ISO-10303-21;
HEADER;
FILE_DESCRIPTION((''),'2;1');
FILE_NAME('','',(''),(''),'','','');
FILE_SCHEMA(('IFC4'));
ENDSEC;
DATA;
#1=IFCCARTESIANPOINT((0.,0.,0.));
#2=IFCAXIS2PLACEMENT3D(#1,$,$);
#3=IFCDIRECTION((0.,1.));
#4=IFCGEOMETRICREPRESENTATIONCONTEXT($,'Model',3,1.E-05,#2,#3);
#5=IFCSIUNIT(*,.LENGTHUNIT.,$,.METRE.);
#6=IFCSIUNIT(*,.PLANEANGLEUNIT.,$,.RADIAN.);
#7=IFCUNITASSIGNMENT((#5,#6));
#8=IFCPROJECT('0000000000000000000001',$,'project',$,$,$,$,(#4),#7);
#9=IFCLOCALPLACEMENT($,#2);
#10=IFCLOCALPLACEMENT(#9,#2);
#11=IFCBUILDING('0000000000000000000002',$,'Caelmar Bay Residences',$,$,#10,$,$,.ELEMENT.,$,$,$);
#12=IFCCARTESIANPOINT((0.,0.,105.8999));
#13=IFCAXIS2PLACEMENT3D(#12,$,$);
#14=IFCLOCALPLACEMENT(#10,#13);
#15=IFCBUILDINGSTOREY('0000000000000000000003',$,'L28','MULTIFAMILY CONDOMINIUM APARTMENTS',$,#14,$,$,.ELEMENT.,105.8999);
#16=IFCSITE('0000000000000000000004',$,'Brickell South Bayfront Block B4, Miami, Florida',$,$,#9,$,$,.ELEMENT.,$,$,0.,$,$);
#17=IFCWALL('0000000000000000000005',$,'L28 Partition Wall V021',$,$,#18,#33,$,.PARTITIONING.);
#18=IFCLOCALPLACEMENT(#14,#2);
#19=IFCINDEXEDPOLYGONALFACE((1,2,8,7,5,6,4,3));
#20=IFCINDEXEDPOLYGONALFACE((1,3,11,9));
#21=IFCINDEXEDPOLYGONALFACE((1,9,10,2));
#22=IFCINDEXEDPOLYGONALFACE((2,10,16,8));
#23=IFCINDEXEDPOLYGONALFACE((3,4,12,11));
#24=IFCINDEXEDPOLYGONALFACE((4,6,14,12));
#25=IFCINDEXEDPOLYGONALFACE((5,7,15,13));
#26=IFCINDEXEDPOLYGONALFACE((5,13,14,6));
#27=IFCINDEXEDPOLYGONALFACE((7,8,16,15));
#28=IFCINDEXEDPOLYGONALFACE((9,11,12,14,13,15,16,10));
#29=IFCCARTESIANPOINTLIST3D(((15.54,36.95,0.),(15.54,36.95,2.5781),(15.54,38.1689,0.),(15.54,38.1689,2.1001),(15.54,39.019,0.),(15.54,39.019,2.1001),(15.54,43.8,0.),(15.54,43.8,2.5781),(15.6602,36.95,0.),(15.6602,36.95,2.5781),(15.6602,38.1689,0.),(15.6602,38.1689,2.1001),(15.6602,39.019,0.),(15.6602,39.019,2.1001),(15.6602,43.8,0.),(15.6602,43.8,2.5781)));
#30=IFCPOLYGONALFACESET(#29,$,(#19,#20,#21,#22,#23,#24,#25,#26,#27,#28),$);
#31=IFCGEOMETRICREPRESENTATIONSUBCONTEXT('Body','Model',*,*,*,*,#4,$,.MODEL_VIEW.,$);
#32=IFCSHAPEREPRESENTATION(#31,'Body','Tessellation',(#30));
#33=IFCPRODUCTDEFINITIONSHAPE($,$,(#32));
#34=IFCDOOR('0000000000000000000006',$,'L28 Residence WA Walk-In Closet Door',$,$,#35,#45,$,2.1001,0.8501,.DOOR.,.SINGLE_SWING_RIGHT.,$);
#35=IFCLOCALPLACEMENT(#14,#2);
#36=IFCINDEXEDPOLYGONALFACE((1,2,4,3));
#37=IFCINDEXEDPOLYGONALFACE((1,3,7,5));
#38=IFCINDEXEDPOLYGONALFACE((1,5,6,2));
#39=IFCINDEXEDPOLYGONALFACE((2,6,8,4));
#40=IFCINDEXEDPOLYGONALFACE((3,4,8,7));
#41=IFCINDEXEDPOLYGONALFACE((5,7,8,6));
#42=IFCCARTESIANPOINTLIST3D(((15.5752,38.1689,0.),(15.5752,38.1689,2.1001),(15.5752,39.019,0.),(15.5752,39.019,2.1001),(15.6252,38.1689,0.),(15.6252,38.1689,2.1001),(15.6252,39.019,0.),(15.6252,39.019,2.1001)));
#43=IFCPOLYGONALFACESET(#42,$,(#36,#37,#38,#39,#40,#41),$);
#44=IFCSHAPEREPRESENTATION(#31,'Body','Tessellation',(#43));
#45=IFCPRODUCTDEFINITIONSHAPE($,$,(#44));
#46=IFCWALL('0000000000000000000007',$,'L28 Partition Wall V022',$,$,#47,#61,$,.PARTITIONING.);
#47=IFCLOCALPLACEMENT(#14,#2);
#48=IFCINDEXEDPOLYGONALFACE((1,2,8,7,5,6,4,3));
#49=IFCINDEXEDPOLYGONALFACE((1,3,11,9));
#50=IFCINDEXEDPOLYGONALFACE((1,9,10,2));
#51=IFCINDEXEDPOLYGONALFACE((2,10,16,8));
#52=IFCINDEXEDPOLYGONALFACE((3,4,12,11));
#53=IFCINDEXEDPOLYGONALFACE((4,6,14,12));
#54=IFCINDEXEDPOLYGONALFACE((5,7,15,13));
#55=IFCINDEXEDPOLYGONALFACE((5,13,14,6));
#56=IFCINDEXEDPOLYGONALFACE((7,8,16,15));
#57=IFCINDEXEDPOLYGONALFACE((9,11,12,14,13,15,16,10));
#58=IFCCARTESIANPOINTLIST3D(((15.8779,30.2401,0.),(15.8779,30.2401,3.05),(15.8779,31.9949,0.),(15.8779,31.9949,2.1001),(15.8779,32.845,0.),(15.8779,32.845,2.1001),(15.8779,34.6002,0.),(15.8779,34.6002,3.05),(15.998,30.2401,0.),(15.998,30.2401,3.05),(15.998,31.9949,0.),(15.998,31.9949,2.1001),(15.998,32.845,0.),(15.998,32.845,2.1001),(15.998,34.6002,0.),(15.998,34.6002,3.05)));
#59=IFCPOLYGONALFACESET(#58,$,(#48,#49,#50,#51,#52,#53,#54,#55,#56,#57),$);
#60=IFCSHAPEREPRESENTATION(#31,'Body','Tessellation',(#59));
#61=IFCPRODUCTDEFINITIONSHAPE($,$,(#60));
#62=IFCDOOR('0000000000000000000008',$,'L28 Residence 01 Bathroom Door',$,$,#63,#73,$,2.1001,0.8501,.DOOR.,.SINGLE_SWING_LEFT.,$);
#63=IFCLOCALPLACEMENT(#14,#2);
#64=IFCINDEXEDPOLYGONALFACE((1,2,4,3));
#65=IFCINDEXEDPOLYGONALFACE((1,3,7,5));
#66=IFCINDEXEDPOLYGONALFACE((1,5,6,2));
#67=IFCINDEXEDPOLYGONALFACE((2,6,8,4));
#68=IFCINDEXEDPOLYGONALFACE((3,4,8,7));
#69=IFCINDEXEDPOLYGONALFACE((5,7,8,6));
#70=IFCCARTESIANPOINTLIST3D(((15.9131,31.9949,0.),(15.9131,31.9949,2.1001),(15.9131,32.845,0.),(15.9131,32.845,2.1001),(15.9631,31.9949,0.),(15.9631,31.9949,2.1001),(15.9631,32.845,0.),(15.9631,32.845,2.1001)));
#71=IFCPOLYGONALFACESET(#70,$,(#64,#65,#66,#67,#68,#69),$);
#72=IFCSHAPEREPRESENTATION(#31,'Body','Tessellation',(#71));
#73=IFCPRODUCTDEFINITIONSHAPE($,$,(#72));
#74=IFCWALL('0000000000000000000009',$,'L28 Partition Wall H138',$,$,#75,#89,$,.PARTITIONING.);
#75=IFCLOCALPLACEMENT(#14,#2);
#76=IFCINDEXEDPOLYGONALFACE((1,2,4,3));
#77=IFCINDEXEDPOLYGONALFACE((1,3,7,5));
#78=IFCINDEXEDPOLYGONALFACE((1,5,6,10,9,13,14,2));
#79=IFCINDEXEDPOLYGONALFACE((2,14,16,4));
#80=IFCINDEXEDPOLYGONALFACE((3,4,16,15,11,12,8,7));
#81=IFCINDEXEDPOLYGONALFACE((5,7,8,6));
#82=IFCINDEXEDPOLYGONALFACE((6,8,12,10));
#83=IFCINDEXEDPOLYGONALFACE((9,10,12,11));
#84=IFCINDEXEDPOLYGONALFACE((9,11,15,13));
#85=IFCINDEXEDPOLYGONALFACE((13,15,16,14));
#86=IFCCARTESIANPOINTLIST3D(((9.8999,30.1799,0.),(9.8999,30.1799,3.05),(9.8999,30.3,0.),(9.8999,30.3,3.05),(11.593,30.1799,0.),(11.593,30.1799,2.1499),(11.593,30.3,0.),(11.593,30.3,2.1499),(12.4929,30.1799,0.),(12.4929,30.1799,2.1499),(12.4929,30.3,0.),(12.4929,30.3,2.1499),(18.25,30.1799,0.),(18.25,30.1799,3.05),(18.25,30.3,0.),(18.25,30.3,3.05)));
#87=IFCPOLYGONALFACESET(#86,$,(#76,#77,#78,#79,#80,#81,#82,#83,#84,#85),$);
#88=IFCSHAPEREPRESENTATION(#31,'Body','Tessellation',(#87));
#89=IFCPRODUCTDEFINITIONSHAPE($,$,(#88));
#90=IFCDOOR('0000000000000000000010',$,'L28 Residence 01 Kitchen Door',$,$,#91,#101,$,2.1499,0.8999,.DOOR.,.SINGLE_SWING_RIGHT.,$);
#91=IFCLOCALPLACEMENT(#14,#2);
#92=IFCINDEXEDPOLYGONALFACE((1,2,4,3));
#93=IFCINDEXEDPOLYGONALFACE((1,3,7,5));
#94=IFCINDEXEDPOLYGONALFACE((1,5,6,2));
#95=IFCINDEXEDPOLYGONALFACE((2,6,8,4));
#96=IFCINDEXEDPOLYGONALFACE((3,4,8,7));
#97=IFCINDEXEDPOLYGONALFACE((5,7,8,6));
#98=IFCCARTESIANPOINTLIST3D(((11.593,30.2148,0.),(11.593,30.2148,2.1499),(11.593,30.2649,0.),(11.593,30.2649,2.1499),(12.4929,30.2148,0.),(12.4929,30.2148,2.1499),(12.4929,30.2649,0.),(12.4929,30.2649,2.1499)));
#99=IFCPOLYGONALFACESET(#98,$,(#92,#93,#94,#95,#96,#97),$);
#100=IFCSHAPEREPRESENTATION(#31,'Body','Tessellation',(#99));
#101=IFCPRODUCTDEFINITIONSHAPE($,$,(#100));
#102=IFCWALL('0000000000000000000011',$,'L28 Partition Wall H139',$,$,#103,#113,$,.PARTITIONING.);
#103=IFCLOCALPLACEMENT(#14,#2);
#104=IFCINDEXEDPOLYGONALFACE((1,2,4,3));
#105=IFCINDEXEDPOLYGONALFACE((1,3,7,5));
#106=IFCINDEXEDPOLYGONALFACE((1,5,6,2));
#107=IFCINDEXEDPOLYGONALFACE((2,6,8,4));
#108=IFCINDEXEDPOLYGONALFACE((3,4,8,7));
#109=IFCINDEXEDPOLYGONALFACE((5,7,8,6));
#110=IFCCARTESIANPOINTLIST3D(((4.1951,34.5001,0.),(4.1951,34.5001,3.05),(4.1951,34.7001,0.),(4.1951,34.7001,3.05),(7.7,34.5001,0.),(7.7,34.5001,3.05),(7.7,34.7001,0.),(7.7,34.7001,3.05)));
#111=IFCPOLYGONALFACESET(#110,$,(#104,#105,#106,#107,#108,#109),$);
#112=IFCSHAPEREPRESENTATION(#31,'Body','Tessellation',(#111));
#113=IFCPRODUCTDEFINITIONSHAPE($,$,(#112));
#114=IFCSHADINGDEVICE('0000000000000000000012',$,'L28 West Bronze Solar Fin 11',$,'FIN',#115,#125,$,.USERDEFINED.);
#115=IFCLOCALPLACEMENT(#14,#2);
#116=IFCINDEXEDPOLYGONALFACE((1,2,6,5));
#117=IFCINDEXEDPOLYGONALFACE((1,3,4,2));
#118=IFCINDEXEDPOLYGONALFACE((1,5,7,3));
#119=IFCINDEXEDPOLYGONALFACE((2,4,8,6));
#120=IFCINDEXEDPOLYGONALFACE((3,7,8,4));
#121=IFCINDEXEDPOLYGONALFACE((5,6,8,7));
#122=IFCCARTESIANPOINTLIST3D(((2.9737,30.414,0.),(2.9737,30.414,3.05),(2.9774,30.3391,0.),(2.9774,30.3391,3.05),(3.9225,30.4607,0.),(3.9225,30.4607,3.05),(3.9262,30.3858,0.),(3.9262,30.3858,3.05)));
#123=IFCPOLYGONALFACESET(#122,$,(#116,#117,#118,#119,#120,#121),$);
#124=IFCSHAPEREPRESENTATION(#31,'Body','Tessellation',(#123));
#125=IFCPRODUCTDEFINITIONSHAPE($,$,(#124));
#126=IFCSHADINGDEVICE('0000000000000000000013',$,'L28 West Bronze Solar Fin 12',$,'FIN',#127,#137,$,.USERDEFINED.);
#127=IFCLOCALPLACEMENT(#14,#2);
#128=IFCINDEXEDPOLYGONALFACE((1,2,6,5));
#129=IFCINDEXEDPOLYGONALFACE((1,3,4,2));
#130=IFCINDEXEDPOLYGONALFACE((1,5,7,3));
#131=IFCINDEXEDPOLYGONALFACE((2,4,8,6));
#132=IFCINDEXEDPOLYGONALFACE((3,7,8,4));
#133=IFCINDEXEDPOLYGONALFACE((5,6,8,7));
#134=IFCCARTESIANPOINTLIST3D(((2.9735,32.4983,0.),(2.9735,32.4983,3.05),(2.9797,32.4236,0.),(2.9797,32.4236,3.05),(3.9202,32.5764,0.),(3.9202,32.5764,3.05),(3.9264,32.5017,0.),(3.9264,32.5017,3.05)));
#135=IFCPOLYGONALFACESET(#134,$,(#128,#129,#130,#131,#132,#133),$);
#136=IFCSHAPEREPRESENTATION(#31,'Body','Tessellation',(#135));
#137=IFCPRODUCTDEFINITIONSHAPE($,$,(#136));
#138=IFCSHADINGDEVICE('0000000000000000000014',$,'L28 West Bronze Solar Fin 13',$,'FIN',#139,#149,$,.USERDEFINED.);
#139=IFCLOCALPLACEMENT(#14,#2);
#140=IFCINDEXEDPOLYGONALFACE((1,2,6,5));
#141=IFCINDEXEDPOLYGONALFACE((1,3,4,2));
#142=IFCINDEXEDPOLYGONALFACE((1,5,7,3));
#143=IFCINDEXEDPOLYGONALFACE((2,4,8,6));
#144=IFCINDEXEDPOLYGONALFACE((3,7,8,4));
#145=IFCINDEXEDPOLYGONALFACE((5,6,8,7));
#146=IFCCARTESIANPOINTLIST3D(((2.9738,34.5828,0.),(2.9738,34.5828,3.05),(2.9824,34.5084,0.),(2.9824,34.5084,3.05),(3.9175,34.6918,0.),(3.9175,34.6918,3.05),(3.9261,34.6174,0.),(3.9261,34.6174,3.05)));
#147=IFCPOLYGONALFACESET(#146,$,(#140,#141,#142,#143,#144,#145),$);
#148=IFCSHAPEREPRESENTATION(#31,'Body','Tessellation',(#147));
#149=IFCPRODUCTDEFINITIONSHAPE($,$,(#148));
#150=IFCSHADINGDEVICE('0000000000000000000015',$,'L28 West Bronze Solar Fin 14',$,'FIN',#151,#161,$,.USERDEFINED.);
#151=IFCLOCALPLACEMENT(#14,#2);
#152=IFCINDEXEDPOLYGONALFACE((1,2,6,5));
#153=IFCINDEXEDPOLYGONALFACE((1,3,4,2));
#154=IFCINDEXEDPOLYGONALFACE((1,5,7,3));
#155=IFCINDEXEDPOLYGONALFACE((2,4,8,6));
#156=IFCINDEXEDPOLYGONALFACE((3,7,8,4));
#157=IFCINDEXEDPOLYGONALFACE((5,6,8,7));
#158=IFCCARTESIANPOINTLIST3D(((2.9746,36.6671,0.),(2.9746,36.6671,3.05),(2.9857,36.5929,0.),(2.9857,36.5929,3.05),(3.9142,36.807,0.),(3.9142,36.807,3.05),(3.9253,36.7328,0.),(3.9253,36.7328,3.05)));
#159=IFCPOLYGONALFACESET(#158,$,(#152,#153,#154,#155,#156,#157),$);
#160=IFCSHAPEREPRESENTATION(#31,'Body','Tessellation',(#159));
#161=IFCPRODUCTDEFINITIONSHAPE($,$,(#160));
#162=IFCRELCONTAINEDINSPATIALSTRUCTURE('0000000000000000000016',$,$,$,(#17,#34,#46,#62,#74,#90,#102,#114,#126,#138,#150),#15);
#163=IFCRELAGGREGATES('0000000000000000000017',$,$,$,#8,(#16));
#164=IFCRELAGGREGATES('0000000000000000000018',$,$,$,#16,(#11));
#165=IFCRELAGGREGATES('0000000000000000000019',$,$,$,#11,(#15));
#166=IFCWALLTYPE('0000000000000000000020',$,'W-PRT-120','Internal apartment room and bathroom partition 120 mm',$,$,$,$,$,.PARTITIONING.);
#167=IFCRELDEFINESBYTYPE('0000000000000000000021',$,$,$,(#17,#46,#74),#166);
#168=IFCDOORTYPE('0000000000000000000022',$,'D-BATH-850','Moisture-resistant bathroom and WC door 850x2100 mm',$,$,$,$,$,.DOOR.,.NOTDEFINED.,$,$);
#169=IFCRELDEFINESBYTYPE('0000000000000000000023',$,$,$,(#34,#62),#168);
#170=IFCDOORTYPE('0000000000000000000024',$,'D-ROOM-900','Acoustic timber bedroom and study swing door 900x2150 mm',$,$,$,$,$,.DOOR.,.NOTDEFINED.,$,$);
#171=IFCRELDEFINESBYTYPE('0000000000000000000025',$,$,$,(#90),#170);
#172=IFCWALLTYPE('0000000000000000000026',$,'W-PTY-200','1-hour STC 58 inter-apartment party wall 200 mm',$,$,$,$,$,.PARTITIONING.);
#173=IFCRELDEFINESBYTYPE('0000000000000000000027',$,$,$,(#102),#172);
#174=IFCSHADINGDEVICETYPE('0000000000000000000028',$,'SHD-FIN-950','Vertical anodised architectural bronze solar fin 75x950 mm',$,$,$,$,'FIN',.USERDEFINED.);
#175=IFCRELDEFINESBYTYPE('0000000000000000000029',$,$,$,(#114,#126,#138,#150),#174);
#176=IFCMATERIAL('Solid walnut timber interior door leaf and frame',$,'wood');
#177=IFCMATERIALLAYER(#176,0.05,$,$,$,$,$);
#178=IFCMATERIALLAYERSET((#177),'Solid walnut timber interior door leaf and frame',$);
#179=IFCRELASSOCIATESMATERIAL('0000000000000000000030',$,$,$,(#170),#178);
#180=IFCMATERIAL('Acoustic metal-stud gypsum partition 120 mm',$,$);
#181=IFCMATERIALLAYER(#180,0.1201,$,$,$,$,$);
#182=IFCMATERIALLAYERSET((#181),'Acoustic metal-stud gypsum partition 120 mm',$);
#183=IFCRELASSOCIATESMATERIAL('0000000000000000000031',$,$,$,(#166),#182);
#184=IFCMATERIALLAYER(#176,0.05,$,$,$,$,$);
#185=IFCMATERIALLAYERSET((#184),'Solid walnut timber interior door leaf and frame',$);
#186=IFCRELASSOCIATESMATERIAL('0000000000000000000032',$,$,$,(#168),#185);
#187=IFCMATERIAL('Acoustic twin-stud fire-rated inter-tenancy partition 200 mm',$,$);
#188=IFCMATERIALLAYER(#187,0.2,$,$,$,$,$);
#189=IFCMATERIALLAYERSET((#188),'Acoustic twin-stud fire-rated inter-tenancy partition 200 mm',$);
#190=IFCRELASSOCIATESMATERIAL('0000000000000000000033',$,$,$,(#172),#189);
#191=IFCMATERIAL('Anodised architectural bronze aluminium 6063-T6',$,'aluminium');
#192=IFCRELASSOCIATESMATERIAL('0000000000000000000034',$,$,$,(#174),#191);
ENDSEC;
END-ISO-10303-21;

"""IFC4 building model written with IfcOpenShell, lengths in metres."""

from ifc_helpers import new_model, si_unit, direction, frame, frame_2d, origin, origin_2d, place, context, subcontext, project, spatial, rectangle, extrude, material, layer, layer_set, material_profile, profile_set, type_object, element, fill, save


model = new_model("IFC4")

# Units and contexts
model_context = context("Model", 3, precision=1e-05, world=origin(), true_north=direction((0.0, 1.0)))
body_context = subcontext(model_context, "Body", "Model", "MODEL_VIEW")
ifc_project = project(units=[si_unit("LENGTHUNIT", "METRE"), si_unit("PLANEANGLEUNIT", "RADIAN")], contexts=[model_context])

# Site, building, storey
site_placement = place(None, origin())
site = spatial("IfcSite", under=ifc_project, at=site_placement, Name="Brickell South Bayfront Block B4, Miami, Florida", CompositionType="ELEMENT", RefElevation=0.0)
building_placement = place(site_placement, origin())
building = spatial("IfcBuilding", under=site, at=building_placement, Name="Caelmar Bay Residences", CompositionType="ELEMENT")
storey_placement = place(building_placement, frame((0.0, 0.0, 105.8999)))
storey = spatial("IfcBuildingStorey", under=building, at=storey_placement, Name="L28", Description="MULTIFAMILY CONDOMINIUM APARTMENTS", CompositionType="ELEMENT", Elevation=105.8999)

# Walls, openings, doors
ifc_material_1 = material(Name="Solid walnut timber interior door leaf and frame", Category="wood")
ifc_layer_1 = layer(ifc_material_1, 0.05)
ifc_layer_set_1 = layer_set([ifc_layer_1], Name="Solid walnut timber interior door leaf and frame")
door_type_1 = type_object("IfcDoorType", Name="D-ROOM-900", Description="Acoustic timber bedroom and study swing door 900x2150 mm", OperationType="NOTDEFINED", PredefinedType="DOOR", material=ifc_layer_set_1)
ifc_material_2 = material(Name="Acoustic metal-stud gypsum partition 120 mm")
ifc_layer_2 = layer(ifc_material_2, 0.1201)
ifc_layer_set_2 = layer_set([ifc_layer_2], Name="Acoustic metal-stud gypsum partition 120 mm")
wall_type_1 = type_object("IfcWallType", Name="W-PRT-120", Description="Internal apartment room and bathroom partition 120 mm", PredefinedType="PARTITIONING", material=ifc_layer_set_2)
wall_1_placement = place(storey_placement, frame((15.6001, 36.95, 0.0), z_axis=(0.0, 0.0, 1.0), x_axis=(0.0, 1.0, 0.0)))
wall_1 = element("IfcWall", 1, at=wall_1_placement, inside=storey, type_object=wall_type_1, Name="L28 Partition Wall V021", PredefinedType="PARTITIONING", context=body_context, shape_type="SweptSolid", body=[
    extrude(rectangle(XDim=6.8501, YDim=0.1201, at=frame_2d((3.425, 0.0))), origin(), (0.0, 0.0, 1.0), 2.5781),
])
opening_1_placement = place(wall_1_placement, frame((1.219, 0.0, 0.0)))
opening_1 = element("IfcOpeningElement", 2, at=opening_1_placement, cuts=wall_1, PredefinedType="OPENING", context=body_context, shape_type="SweptSolid", body=[
    extrude(rectangle(XDim=0.8501, YDim=2.1001, at=frame_2d((0.425, 1.05))), frame((0.0, 0.0701, 0.0), z_axis=(0.0, -1.0, 0.0), x_axis=(1.0, 0.0, 0.0)), (0.0, 0.0, 1.0), 0.1401),
])
ifc_layer_3 = layer(ifc_material_1, 0.05)
ifc_layer_set_3 = layer_set([ifc_layer_3], Name="Solid walnut timber interior door leaf and frame")
door_type_2 = type_object("IfcDoorType", Name="D-BATH-850", Description="Moisture-resistant bathroom and WC door 850x2100 mm", OperationType="NOTDEFINED", PredefinedType="DOOR", material=ifc_layer_set_3)
door_1_placement = place(opening_1_placement, origin())
door_1 = element("IfcDoor", 3, at=door_1_placement, inside=storey, type_object=door_type_2, Name="L28 Residence WA Walk-In Closet Door", OperationType="SINGLE_SWING_RIGHT", OverallHeight=2.1001, OverallWidth=0.8501, PredefinedType="DOOR", context=body_context, shape_type="SweptSolid", body=[
    extrude(rectangle(XDim=0.8501, YDim=2.1001, at=frame_2d((0.425, 1.05))), frame((0.0, 0.0249, 0.0), z_axis=(0.0, -1.0, 0.0), x_axis=(1.0, 0.0, 0.0)), (0.0, 0.0, 1.0), 0.05),
])
fill(opening_1, door_1)
wall_2_placement = place(storey_placement, frame((15.938, 30.24, 0.0), z_axis=(0.0, 0.0, 1.0), x_axis=(0.0, 1.0, 0.0)))
wall_2 = element("IfcWall", 4, at=wall_2_placement, inside=storey, type_object=wall_type_1, Name="L28 Partition Wall V022", PredefinedType="PARTITIONING", context=body_context, shape_type="SweptSolid", body=[
    extrude(rectangle(XDim=4.3601, YDim=0.1201, at=frame_2d((2.1802, 0.0))), origin(), (0.0, 0.0, 1.0), 3.05),
])
opening_2_placement = place(wall_2_placement, frame((1.7549, 0.0, 0.0)))
opening_2 = element("IfcOpeningElement", 5, at=opening_2_placement, cuts=wall_2, PredefinedType="OPENING", context=body_context, shape_type="SweptSolid", body=[
    extrude(rectangle(XDim=0.8501, YDim=2.1001, at=frame_2d((0.425, 1.05))), frame((0.0, 0.0701, 0.0), z_axis=(0.0, -1.0, 0.0), x_axis=(1.0, 0.0, 0.0)), (0.0, 0.0, 1.0), 0.1401),
])
door_2_placement = place(opening_2_placement, origin())
door_2 = element("IfcDoor", 6, at=door_2_placement, inside=storey, type_object=door_type_2, Name="L28 Residence 01 Bathroom Door", OperationType="SINGLE_SWING_LEFT", OverallHeight=2.1001, OverallWidth=0.8501, PredefinedType="DOOR", context=body_context, shape_type="SweptSolid", body=[
    extrude(rectangle(XDim=0.8501, YDim=2.1001, at=frame_2d((0.425, 1.05))), frame((0.0, 0.0249, 0.0), z_axis=(0.0, -1.0, 0.0), x_axis=(1.0, 0.0, 0.0)), (0.0, 0.0, 1.0), 0.05),
])
fill(opening_2, door_2)
wall_3_placement = place(storey_placement, frame((9.8999, 30.24, 0.0), z_axis=(0.0, 0.0, 1.0), x_axis=(1.0, 0.0, 0.0)))
wall_3 = element("IfcWall", 7, at=wall_3_placement, inside=storey, type_object=wall_type_1, Name="L28 Partition Wall H138", PredefinedType="PARTITIONING", context=body_context, shape_type="SweptSolid", body=[
    extrude(rectangle(XDim=8.3501, YDim=0.1201, at=frame_2d((4.175, 0.0))), origin(), (0.0, 0.0, 1.0), 3.05),
])
opening_3_placement = place(wall_3_placement, frame((1.6931, 0.0, 0.0)))
opening_3 = element("IfcOpeningElement", 8, at=opening_3_placement, cuts=wall_3, PredefinedType="OPENING", context=body_context, shape_type="SweptSolid", body=[
    extrude(rectangle(XDim=0.8999, YDim=2.1499, at=frame_2d((0.45, 1.075))), frame((0.0, 0.0701, 0.0), z_axis=(0.0, -1.0, 0.0), x_axis=(1.0, 0.0, 0.0)), (0.0, 0.0, 1.0), 0.1401),
])
door_3_placement = place(opening_3_placement, origin())
door_3 = element("IfcDoor", 9, at=door_3_placement, inside=storey, type_object=door_type_1, Name="L28 Residence 01 Kitchen Door", OperationType="SINGLE_SWING_RIGHT", OverallHeight=2.1499, OverallWidth=0.8999, PredefinedType="DOOR", context=body_context, shape_type="SweptSolid", body=[
    extrude(rectangle(XDim=0.8999, YDim=2.1499, at=frame_2d((0.45, 1.075))), frame((0.0, 0.0249, 0.0), z_axis=(0.0, -1.0, 0.0), x_axis=(1.0, 0.0, 0.0)), (0.0, 0.0, 1.0), 0.05),
])
fill(opening_3, door_3)

# Wall
ifc_material_3 = material(Name="Acoustic twin-stud fire-rated inter-tenancy partition 200 mm")
ifc_layer_4 = layer(ifc_material_3, 0.2)
ifc_layer_set_4 = layer_set([ifc_layer_4], Name="Acoustic twin-stud fire-rated inter-tenancy partition 200 mm")
wall_type_2 = type_object("IfcWallType", Name="W-PTY-200", Description="1-hour STC 58 inter-apartment party wall 200 mm", PredefinedType="PARTITIONING", material=ifc_layer_set_4)
wall_4_placement = place(storey_placement, frame((4.1951, 34.6001, 0.0), z_axis=(0.0, 0.0, 1.0), x_axis=(1.0, 0.0, 0.0)))
element("IfcWall", 10, at=wall_4_placement, inside=storey, type_object=wall_type_2, Name="L28 Partition Wall H139", PredefinedType="PARTITIONING", context=body_context, shape_type="SweptSolid", body=[
    extrude(rectangle(XDim=3.5049, YDim=0.2, at=frame_2d((1.7524, 0.0))), origin(), (0.0, 0.0, 1.0), 3.05),
])

# Shading devices
ifc_material_4 = material(Name="Anodised architectural bronze aluminium 6063-T6", Category="aluminium")
ifc_material_profile = material_profile(ifc_material_4, rectangle(XDim=0.075, YDim=0.95, at=origin_2d()), Name="BRONZE-FIN-75X950")
ifc_profile_set = profile_set([ifc_material_profile], Name="Anodised architectural bronze aluminium 6063-T6")
shading_device_type = type_object("IfcShadingDeviceType", Name="SHD-FIN-950", Description="Vertical anodised architectural bronze solar fin 75x950 mm", ElementType="FIN", PredefinedType="USERDEFINED", material=ifc_profile_set)
for number, where, z_axis, x_axis, name in (
    (11, (3.45, 30.3999, 0.0), (0.0, 0.0, 1.0), (-0.049198, 0.998789, 0.0), "L28 West Bronze Solar Fin 11"),
    (12, (3.45, 32.5, 0.0), (0.0, 0.0, 1.0), (-0.082112, 0.996623, 0.0), "L28 West Bronze Solar Fin 12"),
    (13, (3.45, 34.6001, 0.0), (0.0, 0.0, 1.0), (-0.114764, 0.993393, 0.0), "L28 West Bronze Solar Fin 13"),
    (14, (3.45, 36.7, 0.0), (0.0, 0.0, 1.0), (-0.147292, 0.989093, 0.0), "L28 West Bronze Solar Fin 14"),
):
    element("IfcShadingDevice", number, at=place(storey_placement, frame(where, z_axis=z_axis, x_axis=x_axis)), inside=storey, type_object=shading_device_type, Name=name, ObjectType="FIN", PredefinedType="USERDEFINED", context=body_context, shape_type="SweptSolid", body=[
        extrude(rectangle(XDim=0.075, YDim=0.95, at=origin_2d()), origin(), (0.0, 0.0, 1.0), 3.05),
    ])

save(model, "model.ifc")
